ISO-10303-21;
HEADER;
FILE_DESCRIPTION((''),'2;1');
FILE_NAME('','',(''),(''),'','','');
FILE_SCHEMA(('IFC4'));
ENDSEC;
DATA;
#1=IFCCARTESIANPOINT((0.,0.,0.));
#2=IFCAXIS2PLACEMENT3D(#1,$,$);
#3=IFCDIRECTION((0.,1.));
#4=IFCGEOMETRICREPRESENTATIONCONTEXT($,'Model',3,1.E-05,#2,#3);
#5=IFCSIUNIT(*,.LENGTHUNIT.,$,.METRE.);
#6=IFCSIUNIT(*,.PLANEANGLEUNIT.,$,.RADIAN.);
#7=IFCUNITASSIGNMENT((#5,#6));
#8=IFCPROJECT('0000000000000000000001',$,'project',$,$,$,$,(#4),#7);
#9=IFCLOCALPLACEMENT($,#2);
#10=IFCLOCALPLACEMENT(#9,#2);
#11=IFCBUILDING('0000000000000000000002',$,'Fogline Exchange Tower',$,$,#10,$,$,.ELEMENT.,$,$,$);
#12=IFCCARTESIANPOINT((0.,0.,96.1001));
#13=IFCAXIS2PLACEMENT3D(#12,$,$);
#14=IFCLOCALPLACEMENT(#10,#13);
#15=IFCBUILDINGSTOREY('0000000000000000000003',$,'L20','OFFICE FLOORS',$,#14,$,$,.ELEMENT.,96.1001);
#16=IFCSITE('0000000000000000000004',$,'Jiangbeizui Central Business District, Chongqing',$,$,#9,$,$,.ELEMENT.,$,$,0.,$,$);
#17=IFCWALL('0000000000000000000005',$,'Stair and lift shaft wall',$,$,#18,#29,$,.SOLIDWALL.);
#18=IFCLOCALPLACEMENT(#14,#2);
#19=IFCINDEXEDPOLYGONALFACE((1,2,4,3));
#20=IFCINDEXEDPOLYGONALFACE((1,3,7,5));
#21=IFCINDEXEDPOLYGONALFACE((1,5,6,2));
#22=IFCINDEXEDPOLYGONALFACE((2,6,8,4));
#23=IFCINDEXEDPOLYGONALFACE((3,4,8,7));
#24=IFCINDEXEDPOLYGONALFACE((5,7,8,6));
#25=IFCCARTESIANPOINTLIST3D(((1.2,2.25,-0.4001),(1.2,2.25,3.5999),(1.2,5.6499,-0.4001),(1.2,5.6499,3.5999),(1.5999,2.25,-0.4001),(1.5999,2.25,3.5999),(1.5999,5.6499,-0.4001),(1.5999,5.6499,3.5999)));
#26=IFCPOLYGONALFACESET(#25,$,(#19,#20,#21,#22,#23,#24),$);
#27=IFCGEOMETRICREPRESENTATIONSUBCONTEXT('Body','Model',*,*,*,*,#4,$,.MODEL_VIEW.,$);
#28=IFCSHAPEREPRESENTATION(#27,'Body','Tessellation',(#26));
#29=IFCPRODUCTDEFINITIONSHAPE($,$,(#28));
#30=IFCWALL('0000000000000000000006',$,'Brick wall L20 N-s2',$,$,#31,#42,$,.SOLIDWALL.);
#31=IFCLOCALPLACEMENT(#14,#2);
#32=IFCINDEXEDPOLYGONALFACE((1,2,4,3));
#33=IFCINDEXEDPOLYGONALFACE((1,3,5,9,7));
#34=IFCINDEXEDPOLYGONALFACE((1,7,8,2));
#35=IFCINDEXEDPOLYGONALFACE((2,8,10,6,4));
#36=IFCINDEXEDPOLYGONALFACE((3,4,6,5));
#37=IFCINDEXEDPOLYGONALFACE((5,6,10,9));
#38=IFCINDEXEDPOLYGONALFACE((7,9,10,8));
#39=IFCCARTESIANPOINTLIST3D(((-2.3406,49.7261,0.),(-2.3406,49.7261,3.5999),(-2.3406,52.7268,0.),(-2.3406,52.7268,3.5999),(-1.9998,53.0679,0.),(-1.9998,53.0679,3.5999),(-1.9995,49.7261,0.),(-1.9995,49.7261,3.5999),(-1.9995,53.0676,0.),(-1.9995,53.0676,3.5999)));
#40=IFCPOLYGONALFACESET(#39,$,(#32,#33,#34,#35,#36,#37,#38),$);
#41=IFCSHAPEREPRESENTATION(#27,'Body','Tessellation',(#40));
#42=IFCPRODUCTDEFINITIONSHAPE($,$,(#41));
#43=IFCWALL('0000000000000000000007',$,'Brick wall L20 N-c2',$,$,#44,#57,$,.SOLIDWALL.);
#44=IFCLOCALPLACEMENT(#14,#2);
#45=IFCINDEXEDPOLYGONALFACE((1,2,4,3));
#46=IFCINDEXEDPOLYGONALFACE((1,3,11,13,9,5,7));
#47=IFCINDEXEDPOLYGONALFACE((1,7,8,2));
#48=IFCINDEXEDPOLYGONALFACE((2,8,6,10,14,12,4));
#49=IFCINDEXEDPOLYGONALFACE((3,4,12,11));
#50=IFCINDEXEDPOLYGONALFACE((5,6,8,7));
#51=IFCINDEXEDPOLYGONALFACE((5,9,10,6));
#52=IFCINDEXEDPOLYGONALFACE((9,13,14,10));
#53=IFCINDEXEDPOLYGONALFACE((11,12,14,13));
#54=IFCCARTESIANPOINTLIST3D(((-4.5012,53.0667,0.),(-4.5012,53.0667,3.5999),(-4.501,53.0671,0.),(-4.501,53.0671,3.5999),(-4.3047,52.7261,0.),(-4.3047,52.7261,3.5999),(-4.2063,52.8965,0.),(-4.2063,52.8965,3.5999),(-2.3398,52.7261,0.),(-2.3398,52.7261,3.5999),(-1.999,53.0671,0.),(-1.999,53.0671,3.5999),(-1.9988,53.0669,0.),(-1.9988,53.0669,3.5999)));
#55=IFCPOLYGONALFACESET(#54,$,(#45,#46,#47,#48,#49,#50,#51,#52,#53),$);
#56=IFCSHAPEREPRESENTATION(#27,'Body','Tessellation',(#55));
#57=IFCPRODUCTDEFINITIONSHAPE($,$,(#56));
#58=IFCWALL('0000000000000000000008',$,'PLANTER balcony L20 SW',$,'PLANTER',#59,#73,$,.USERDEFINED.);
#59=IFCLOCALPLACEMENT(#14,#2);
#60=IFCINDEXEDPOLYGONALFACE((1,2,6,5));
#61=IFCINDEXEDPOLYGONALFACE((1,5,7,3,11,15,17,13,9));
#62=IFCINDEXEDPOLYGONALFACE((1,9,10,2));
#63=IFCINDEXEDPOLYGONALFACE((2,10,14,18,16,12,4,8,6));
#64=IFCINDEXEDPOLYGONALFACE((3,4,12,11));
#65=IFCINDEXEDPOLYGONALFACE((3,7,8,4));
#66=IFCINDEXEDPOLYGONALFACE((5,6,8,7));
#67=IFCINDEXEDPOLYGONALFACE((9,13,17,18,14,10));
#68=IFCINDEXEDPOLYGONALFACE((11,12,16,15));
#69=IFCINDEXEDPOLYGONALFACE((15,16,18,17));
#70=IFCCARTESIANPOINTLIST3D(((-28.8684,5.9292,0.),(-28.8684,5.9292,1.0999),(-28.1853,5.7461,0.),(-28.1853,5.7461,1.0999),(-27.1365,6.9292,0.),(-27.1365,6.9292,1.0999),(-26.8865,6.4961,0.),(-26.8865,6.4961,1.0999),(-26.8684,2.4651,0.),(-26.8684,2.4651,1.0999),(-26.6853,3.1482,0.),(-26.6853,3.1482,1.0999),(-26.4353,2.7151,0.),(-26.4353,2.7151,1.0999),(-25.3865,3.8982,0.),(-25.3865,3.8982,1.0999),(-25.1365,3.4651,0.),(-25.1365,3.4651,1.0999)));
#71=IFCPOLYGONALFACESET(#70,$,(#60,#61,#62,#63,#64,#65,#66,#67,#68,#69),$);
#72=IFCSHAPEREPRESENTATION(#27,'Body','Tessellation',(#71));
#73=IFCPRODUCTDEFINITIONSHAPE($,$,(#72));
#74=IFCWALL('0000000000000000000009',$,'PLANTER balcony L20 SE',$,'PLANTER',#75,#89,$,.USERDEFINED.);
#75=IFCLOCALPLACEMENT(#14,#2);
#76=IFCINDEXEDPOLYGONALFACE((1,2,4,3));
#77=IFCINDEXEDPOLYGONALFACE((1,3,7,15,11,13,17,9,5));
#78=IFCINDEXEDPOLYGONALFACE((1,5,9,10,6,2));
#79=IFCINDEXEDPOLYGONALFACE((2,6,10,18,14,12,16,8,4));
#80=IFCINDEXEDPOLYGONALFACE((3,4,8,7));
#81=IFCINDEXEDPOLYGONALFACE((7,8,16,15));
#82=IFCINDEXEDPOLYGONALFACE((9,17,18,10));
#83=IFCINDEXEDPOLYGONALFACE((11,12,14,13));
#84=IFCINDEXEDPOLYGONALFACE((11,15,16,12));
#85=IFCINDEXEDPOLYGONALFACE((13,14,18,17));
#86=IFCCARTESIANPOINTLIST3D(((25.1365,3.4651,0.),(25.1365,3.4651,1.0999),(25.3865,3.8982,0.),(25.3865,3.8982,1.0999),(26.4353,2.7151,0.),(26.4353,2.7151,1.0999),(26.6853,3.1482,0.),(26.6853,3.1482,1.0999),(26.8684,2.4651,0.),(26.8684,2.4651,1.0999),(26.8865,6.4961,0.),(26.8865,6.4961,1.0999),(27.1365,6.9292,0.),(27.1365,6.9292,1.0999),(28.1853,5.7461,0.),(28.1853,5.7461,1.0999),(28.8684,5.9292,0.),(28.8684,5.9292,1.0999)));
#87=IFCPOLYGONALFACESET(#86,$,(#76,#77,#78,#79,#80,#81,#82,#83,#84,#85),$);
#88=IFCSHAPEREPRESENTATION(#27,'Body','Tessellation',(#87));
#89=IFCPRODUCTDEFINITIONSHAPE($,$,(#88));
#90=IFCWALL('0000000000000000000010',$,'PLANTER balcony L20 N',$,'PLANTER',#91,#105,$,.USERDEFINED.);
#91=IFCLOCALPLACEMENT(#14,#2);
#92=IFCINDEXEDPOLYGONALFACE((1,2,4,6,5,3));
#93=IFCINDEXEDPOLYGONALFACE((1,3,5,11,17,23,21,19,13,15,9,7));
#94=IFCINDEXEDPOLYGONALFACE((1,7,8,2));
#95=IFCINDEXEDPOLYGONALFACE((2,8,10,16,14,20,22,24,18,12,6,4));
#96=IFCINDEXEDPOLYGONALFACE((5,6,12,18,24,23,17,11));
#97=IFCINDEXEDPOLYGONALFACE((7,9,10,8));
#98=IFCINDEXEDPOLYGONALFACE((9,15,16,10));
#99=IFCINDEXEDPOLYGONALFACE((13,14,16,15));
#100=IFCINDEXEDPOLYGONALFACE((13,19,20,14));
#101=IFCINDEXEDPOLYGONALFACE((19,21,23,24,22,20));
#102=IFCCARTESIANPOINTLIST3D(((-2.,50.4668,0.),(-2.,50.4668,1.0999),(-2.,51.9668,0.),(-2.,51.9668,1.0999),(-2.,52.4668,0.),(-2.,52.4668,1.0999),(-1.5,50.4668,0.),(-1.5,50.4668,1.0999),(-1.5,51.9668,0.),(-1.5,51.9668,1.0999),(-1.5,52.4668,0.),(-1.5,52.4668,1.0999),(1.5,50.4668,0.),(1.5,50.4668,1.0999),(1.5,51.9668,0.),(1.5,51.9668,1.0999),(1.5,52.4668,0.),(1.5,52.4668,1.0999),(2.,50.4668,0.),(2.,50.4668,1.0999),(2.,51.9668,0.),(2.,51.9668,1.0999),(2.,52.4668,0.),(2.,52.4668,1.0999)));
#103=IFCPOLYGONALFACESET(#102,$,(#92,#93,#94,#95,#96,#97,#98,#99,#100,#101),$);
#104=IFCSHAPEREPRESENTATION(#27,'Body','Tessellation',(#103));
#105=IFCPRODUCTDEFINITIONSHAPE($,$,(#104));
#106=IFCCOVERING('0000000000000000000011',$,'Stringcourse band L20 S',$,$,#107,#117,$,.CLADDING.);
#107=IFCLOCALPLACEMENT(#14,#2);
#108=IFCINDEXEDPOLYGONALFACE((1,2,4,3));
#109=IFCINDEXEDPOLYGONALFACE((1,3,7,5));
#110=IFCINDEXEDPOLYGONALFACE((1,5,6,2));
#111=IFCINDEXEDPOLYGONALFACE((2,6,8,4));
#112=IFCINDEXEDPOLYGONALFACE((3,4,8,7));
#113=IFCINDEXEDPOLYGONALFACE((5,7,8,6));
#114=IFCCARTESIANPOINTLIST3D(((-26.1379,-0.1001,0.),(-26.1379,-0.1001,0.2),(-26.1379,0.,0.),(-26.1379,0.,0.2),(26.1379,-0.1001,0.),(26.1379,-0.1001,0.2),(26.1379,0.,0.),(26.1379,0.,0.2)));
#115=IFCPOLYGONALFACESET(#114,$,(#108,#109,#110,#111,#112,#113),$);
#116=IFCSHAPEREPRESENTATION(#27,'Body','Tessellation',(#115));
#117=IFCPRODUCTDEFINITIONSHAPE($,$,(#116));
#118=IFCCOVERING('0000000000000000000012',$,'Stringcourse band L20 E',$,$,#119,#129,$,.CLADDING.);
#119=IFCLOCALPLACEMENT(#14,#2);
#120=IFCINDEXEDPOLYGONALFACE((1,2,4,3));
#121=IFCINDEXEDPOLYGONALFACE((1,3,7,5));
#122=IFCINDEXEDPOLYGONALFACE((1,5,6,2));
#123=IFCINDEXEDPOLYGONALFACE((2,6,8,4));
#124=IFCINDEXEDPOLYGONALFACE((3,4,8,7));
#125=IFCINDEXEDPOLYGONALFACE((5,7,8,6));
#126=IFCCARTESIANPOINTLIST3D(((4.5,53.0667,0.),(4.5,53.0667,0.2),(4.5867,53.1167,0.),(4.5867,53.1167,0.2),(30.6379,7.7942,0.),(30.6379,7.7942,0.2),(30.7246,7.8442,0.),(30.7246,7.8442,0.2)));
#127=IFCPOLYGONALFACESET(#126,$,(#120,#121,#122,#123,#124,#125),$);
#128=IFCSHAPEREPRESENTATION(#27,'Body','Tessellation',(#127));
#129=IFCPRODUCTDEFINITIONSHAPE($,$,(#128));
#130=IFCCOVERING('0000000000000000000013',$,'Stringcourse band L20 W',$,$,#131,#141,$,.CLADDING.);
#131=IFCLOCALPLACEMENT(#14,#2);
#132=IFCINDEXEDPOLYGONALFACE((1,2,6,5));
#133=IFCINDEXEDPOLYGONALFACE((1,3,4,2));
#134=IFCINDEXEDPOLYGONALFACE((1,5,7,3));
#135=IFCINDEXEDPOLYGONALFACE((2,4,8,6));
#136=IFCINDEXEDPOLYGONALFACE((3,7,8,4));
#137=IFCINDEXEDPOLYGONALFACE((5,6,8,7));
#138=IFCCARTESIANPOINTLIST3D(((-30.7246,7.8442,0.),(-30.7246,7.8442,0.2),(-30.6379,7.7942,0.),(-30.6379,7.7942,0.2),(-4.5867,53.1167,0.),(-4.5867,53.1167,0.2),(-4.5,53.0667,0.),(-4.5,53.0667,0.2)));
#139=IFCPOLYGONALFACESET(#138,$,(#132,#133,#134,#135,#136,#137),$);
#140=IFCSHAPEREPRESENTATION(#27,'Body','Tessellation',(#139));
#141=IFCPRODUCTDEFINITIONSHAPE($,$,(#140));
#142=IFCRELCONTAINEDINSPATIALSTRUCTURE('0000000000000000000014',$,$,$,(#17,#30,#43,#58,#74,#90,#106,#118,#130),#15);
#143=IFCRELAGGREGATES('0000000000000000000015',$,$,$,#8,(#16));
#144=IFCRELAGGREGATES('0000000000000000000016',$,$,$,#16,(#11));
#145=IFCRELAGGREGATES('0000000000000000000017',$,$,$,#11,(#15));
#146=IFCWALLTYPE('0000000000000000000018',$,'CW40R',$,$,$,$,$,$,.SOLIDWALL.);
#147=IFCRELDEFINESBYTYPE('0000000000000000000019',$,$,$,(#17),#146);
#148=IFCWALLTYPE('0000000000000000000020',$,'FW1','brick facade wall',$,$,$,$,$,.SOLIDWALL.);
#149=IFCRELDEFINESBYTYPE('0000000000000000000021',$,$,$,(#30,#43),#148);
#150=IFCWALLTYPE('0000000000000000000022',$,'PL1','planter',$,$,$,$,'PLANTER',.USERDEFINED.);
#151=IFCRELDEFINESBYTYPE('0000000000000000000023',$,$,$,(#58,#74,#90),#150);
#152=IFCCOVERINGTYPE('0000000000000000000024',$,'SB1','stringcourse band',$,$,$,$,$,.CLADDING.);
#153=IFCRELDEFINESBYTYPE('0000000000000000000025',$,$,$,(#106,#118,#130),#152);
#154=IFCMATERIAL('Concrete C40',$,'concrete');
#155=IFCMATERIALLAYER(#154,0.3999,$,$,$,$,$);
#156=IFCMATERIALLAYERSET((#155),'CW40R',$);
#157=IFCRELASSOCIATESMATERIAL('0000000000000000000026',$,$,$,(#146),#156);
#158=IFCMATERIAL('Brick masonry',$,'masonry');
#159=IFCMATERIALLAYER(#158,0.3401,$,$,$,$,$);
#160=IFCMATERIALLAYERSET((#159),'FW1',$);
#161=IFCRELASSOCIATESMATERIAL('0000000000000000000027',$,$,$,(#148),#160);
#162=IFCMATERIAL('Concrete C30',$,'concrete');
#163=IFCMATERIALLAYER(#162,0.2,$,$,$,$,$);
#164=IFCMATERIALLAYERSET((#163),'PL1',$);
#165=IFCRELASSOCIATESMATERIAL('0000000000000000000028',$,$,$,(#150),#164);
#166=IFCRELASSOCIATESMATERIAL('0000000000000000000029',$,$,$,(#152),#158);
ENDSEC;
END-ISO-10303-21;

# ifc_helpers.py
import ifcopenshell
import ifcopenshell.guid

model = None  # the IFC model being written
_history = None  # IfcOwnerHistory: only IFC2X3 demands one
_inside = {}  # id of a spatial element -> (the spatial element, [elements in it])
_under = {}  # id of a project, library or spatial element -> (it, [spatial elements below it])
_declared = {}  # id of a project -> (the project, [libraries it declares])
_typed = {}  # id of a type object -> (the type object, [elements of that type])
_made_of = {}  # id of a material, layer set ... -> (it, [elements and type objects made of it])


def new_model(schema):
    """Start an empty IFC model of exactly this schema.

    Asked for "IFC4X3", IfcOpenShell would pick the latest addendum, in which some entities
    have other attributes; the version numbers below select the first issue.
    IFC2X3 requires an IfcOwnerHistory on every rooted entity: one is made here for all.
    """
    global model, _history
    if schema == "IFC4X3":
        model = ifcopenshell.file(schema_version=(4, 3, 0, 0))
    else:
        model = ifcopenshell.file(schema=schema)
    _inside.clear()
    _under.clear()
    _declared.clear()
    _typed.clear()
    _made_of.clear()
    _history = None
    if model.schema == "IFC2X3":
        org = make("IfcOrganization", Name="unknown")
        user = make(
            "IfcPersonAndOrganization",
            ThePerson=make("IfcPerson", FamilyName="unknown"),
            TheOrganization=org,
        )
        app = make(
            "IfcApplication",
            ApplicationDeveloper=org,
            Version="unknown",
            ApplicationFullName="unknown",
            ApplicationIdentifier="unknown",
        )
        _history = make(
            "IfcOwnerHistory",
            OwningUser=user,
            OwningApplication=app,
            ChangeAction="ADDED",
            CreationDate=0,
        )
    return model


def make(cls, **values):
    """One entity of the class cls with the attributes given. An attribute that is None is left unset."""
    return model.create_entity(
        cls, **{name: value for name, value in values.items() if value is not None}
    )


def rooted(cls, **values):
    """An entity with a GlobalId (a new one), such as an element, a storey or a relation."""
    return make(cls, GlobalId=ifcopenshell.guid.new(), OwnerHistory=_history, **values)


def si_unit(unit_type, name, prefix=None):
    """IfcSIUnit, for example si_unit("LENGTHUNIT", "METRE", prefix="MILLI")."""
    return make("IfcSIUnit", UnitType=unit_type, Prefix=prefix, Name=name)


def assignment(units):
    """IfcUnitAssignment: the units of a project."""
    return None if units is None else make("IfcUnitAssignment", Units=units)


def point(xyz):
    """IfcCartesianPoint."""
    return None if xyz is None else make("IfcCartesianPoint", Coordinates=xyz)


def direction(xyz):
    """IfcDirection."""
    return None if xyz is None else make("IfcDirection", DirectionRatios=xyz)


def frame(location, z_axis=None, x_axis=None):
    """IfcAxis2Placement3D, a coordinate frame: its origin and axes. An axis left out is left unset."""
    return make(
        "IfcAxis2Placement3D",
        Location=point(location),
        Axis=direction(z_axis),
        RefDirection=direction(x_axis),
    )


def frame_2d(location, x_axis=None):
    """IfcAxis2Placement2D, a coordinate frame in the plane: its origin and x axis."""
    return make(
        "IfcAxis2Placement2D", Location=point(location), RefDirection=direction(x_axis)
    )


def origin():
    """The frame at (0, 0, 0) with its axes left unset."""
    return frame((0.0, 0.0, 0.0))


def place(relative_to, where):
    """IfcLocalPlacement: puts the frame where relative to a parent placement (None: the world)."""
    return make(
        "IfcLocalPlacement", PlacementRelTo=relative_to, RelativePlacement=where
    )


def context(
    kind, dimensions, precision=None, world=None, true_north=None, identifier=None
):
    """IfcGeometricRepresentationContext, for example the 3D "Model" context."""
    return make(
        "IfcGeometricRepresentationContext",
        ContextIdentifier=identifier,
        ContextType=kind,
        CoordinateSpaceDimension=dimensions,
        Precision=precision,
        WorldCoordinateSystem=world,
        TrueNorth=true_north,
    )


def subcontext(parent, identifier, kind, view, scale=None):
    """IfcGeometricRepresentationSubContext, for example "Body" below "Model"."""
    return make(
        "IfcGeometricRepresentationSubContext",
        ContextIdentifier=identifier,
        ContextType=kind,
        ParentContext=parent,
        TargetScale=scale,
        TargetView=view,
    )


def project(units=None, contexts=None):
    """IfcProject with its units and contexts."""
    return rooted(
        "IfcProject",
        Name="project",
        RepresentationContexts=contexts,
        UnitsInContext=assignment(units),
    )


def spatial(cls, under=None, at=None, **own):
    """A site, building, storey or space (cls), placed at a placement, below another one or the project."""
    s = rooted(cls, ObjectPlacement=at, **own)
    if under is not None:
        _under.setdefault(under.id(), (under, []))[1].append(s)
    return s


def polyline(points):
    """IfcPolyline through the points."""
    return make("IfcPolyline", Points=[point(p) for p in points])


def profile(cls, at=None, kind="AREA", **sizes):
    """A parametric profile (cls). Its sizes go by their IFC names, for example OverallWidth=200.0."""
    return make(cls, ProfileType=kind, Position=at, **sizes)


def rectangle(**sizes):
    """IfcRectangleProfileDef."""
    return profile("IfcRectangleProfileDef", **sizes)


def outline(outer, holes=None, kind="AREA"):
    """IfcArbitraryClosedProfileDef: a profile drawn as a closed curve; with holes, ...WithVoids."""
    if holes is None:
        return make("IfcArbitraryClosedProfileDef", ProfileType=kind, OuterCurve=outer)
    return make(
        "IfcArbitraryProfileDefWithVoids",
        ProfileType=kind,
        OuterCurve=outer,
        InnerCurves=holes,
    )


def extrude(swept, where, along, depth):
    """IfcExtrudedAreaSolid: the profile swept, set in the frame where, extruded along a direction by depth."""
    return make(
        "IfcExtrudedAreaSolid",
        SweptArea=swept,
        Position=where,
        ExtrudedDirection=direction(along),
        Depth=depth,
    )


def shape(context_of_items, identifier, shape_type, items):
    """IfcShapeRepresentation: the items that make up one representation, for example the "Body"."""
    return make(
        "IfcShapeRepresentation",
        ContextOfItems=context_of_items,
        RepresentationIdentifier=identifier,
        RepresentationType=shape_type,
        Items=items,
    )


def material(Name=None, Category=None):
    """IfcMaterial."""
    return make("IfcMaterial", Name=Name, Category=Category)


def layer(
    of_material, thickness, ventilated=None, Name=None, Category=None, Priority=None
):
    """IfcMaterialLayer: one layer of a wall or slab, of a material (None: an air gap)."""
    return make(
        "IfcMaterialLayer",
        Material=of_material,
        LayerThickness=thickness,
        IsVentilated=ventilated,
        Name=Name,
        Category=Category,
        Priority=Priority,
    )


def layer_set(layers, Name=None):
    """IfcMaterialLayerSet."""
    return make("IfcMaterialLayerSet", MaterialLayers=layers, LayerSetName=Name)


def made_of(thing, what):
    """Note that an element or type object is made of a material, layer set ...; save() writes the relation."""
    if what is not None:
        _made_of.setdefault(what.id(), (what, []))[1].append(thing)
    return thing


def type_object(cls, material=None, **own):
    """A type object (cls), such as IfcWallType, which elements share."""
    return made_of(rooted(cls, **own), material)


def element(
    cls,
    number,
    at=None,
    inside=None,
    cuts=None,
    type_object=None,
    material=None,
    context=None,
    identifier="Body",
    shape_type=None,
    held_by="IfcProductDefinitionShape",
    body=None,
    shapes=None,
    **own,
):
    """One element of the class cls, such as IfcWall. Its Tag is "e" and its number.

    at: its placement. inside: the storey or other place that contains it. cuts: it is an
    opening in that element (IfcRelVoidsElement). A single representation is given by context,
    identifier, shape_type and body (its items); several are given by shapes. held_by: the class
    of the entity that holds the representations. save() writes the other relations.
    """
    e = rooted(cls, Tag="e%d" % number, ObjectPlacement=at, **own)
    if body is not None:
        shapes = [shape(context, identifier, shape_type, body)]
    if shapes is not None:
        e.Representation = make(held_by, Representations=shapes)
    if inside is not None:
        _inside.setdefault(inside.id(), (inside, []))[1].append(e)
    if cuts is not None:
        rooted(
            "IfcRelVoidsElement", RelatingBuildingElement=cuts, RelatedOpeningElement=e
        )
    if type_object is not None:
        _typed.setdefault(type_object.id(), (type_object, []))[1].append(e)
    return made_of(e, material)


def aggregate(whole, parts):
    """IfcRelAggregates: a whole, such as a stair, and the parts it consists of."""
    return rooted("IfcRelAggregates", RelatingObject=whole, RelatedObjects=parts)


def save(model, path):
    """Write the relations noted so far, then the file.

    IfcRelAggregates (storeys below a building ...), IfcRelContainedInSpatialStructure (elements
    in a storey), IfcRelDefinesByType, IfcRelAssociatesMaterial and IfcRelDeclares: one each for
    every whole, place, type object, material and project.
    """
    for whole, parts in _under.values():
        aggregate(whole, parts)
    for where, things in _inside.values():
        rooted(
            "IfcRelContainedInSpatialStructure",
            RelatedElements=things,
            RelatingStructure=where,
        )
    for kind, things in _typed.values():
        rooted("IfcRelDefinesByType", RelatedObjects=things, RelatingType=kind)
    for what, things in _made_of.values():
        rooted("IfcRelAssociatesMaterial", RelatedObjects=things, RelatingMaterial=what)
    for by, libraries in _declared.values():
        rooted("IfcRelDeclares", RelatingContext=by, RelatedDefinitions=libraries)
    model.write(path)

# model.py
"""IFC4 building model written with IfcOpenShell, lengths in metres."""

from ifc_helpers import new_model, si_unit, direction, frame, frame_2d, origin, place, context, subcontext, project, spatial, polyline, rectangle, outline, extrude, material, layer, layer_set, type_object, element, save


model = new_model("IFC4")

# Units and contexts
model_context = context("Model", 3, precision=1e-05, world=origin(), true_north=direction((0.0, 1.0)))
body_context = subcontext(model_context, "Body", "Model", "MODEL_VIEW")
ifc_project = project(units=[si_unit("LENGTHUNIT", "METRE"), si_unit("PLANEANGLEUNIT", "RADIAN")], contexts=[model_context])

# Site, building, storey
site_placement = place(None, origin())
site = spatial("IfcSite", under=ifc_project, at=site_placement, Name="Jiangbeizui Central Business District, Chongqing", CompositionType="ELEMENT", RefElevation=0.0)
building_placement = place(site_placement, origin())
building = spatial("IfcBuilding", under=site, at=building_placement, Name="Fogline Exchange Tower", CompositionType="ELEMENT")
storey_placement = place(building_placement, frame((0.0, 0.0, 96.1001)))
storey = spatial("IfcBuildingStorey", under=building, at=storey_placement, Name="L20", Description="OFFICE FLOORS", CompositionType="ELEMENT", Elevation=96.1001)

# Shared definitions
ifc_material_1 = material(Name="Concrete C40", Category="concrete")

# Walls
ifc_layer_1 = layer(ifc_material_1, 0.3999)
ifc_layer_set_1 = layer_set([ifc_layer_1], Name="CW40R")
wall_type_1 = type_object("IfcWallType", Name="CW40R", PredefinedType="SOLIDWALL", material=ifc_layer_set_1)
wall_1_placement = place(storey_placement, frame((1.3999, 2.25, -0.4001), z_axis=(0.0, 0.0, 1.0), x_axis=(0.0, 1.0, 0.0)))
element("IfcWall", 1, at=wall_1_placement, inside=storey, type_object=wall_type_1, Name="Stair and lift shaft wall", PredefinedType="SOLIDWALL", context=body_context, shape_type="SweptSolid", body=[
    extrude(rectangle(XDim=3.3999, YDim=0.3999, at=frame_2d((1.7, 0.0))), origin(), (0.0, 0.0, 1.0), 4.0),
])
ifc_material_2 = material(Name="Brick masonry", Category="masonry")
ifc_layer_2 = layer(ifc_material_2, 0.3401)
ifc_layer_set_2 = layer_set([ifc_layer_2], Name="FW1")
wall_type_2 = type_object("IfcWallType", Name="FW1", Description="brick facade wall", PredefinedType="SOLIDWALL", material=ifc_layer_set_2)
wall_2_placement = place(storey_placement, origin())
element("IfcWall", 2, at=wall_2_placement, inside=storey, type_object=wall_type_2, Name="Brick wall L20 N-s2", PredefinedType="SOLIDWALL", context=body_context, shape_type="SweptSolid", body=[
    extrude(outline(polyline([(-1.9995, 53.0676), (-1.9995, 49.7261), (-2.3406, 49.7261), (-2.3406, 52.7268), (-1.9998, 53.0679), (-1.9995, 53.0676)])), origin(), (0.0, 0.0, 1.0), 3.5999),
])
wall_3_placement = place(storey_placement, origin())
element("IfcWall", 3, at=wall_3_placement, inside=storey, type_object=wall_type_2, Name="Brick wall L20 N-c2", PredefinedType="SOLIDWALL", context=body_context, shape_type="SweptSolid", body=[
    extrude(outline(polyline([(-4.3047, 52.7261), (-4.2063, 52.8965), (-4.5012, 53.0667), (-4.501, 53.0671), (-1.999, 53.0671), (-1.9988, 53.0669), (-2.3398, 52.7261), (-4.3047, 52.7261)])), origin(), (0.0, 0.0, 1.0), 3.5999),
])
ifc_material_3 = material(Name="Concrete C30", Category="concrete")
ifc_layer_3 = layer(ifc_material_3, 0.2)
ifc_layer_set_3 = layer_set([ifc_layer_3], Name="PL1")
wall_type_3 = type_object("IfcWallType", Name="PL1", Description="planter", ElementType="PLANTER", PredefinedType="USERDEFINED", material=ifc_layer_set_3)
wall_4_placement = place(storey_placement, origin())
element("IfcWall", 4, at=wall_4_placement, inside=storey, type_object=wall_type_3, Name="PLANTER balcony L20 SW", ObjectType="PLANTER", PredefinedType="USERDEFINED", context=body_context, shape_type="SweptSolid", body=[
    extrude(outline(polyline([(-25.3865, 3.8982), (-26.6853, 3.1482), (-28.1853, 5.7461), (-26.8865, 6.4961), (-27.1365, 6.9292), (-28.8684, 5.9292), (-26.8684, 2.4651), (-26.4353, 2.7151), (-26.4353, 2.7151), (-25.1365, 3.4651), (-25.3865, 3.8982)])), origin(), (0.0, 0.0, 1.0), 1.0999),
])
wall_5_placement = place(storey_placement, origin())
element("IfcWall", 5, at=wall_5_placement, inside=storey, type_object=wall_type_3, Name="PLANTER balcony L20 SE", ObjectType="PLANTER", PredefinedType="USERDEFINED", context=body_context, shape_type="SweptSolid", body=[
    extrude(outline(polyline([(25.1365, 3.4651), (26.4353, 2.7151), (26.4353, 2.7151), (26.8684, 2.4651), (28.8684, 5.9292), (27.1365, 6.9292), (26.8865, 6.4961), (28.1853, 5.7461), (26.6853, 3.1482), (25.3865, 3.8982), (25.1365, 3.4651)])), origin(), (0.0, 0.0, 1.0), 1.0999),
])
wall_6_placement = place(storey_placement, origin())
element("IfcWall", 6, at=wall_6_placement, inside=storey, type_object=wall_type_3, Name="PLANTER balcony L20 N", ObjectType="PLANTER", PredefinedType="USERDEFINED", context=body_context, shape_type="SweptSolid", body=[
    extrude(outline(polyline([(-1.5, 52.4668), (-2.0, 52.4668), (-2.0, 51.9668), (-2.0, 50.4668), (-1.5, 50.4668), (-1.5, 51.9668), (1.5, 51.9668), (1.5, 50.4668), (2.0, 50.4668), (2.0, 51.9668), (2.0, 52.4668), (1.5, 52.4668), (-1.5, 52.4668)])), origin(), (0.0, 0.0, 1.0), 1.0999),
])

# Coverings
covering_type = type_object("IfcCoveringType", Name="SB1", Description="stringcourse band", PredefinedType="CLADDING", material=ifc_material_2)
covering_1_placement = place(storey_placement, origin())
element("IfcCovering", 7, at=covering_1_placement, inside=storey, type_object=covering_type, Name="Stringcourse band L20 S", PredefinedType="CLADDING", context=body_context, shape_type="SweptSolid", body=[
    extrude(outline(polyline([(-26.1379, 0.0), (-26.1379, -0.1001), (26.1379, -0.1001), (26.1379, 0.0), (-26.1379, 0.0)])), origin(), (0.0, 0.0, 1.0), 0.2),
])
covering_2_placement = place(storey_placement, origin())
element("IfcCovering", 8, at=covering_2_placement, inside=storey, type_object=covering_type, Name="Stringcourse band L20 E", PredefinedType="CLADDING", context=body_context, shape_type="SweptSolid", body=[
    extrude(outline(polyline([(30.6379, 7.7942), (30.7246, 7.8442), (4.5867, 53.1167), (4.5, 53.0667), (30.6379, 7.7942)])), origin(), (0.0, 0.0, 1.0), 0.2),
])
covering_3_placement = place(storey_placement, origin())
element("IfcCovering", 9, at=covering_3_placement, inside=storey, type_object=covering_type, Name="Stringcourse band L20 W", PredefinedType="CLADDING", context=body_context, shape_type="SweptSolid", body=[
    extrude(outline(polyline([(-4.5, 53.0667), (-4.5867, 53.1167), (-30.7246, 7.8442), (-30.6379, 7.7942), (-4.5, 53.0667)])), origin(), (0.0, 0.0, 1.0), 0.2),
])

save(model, "model.ifc")
